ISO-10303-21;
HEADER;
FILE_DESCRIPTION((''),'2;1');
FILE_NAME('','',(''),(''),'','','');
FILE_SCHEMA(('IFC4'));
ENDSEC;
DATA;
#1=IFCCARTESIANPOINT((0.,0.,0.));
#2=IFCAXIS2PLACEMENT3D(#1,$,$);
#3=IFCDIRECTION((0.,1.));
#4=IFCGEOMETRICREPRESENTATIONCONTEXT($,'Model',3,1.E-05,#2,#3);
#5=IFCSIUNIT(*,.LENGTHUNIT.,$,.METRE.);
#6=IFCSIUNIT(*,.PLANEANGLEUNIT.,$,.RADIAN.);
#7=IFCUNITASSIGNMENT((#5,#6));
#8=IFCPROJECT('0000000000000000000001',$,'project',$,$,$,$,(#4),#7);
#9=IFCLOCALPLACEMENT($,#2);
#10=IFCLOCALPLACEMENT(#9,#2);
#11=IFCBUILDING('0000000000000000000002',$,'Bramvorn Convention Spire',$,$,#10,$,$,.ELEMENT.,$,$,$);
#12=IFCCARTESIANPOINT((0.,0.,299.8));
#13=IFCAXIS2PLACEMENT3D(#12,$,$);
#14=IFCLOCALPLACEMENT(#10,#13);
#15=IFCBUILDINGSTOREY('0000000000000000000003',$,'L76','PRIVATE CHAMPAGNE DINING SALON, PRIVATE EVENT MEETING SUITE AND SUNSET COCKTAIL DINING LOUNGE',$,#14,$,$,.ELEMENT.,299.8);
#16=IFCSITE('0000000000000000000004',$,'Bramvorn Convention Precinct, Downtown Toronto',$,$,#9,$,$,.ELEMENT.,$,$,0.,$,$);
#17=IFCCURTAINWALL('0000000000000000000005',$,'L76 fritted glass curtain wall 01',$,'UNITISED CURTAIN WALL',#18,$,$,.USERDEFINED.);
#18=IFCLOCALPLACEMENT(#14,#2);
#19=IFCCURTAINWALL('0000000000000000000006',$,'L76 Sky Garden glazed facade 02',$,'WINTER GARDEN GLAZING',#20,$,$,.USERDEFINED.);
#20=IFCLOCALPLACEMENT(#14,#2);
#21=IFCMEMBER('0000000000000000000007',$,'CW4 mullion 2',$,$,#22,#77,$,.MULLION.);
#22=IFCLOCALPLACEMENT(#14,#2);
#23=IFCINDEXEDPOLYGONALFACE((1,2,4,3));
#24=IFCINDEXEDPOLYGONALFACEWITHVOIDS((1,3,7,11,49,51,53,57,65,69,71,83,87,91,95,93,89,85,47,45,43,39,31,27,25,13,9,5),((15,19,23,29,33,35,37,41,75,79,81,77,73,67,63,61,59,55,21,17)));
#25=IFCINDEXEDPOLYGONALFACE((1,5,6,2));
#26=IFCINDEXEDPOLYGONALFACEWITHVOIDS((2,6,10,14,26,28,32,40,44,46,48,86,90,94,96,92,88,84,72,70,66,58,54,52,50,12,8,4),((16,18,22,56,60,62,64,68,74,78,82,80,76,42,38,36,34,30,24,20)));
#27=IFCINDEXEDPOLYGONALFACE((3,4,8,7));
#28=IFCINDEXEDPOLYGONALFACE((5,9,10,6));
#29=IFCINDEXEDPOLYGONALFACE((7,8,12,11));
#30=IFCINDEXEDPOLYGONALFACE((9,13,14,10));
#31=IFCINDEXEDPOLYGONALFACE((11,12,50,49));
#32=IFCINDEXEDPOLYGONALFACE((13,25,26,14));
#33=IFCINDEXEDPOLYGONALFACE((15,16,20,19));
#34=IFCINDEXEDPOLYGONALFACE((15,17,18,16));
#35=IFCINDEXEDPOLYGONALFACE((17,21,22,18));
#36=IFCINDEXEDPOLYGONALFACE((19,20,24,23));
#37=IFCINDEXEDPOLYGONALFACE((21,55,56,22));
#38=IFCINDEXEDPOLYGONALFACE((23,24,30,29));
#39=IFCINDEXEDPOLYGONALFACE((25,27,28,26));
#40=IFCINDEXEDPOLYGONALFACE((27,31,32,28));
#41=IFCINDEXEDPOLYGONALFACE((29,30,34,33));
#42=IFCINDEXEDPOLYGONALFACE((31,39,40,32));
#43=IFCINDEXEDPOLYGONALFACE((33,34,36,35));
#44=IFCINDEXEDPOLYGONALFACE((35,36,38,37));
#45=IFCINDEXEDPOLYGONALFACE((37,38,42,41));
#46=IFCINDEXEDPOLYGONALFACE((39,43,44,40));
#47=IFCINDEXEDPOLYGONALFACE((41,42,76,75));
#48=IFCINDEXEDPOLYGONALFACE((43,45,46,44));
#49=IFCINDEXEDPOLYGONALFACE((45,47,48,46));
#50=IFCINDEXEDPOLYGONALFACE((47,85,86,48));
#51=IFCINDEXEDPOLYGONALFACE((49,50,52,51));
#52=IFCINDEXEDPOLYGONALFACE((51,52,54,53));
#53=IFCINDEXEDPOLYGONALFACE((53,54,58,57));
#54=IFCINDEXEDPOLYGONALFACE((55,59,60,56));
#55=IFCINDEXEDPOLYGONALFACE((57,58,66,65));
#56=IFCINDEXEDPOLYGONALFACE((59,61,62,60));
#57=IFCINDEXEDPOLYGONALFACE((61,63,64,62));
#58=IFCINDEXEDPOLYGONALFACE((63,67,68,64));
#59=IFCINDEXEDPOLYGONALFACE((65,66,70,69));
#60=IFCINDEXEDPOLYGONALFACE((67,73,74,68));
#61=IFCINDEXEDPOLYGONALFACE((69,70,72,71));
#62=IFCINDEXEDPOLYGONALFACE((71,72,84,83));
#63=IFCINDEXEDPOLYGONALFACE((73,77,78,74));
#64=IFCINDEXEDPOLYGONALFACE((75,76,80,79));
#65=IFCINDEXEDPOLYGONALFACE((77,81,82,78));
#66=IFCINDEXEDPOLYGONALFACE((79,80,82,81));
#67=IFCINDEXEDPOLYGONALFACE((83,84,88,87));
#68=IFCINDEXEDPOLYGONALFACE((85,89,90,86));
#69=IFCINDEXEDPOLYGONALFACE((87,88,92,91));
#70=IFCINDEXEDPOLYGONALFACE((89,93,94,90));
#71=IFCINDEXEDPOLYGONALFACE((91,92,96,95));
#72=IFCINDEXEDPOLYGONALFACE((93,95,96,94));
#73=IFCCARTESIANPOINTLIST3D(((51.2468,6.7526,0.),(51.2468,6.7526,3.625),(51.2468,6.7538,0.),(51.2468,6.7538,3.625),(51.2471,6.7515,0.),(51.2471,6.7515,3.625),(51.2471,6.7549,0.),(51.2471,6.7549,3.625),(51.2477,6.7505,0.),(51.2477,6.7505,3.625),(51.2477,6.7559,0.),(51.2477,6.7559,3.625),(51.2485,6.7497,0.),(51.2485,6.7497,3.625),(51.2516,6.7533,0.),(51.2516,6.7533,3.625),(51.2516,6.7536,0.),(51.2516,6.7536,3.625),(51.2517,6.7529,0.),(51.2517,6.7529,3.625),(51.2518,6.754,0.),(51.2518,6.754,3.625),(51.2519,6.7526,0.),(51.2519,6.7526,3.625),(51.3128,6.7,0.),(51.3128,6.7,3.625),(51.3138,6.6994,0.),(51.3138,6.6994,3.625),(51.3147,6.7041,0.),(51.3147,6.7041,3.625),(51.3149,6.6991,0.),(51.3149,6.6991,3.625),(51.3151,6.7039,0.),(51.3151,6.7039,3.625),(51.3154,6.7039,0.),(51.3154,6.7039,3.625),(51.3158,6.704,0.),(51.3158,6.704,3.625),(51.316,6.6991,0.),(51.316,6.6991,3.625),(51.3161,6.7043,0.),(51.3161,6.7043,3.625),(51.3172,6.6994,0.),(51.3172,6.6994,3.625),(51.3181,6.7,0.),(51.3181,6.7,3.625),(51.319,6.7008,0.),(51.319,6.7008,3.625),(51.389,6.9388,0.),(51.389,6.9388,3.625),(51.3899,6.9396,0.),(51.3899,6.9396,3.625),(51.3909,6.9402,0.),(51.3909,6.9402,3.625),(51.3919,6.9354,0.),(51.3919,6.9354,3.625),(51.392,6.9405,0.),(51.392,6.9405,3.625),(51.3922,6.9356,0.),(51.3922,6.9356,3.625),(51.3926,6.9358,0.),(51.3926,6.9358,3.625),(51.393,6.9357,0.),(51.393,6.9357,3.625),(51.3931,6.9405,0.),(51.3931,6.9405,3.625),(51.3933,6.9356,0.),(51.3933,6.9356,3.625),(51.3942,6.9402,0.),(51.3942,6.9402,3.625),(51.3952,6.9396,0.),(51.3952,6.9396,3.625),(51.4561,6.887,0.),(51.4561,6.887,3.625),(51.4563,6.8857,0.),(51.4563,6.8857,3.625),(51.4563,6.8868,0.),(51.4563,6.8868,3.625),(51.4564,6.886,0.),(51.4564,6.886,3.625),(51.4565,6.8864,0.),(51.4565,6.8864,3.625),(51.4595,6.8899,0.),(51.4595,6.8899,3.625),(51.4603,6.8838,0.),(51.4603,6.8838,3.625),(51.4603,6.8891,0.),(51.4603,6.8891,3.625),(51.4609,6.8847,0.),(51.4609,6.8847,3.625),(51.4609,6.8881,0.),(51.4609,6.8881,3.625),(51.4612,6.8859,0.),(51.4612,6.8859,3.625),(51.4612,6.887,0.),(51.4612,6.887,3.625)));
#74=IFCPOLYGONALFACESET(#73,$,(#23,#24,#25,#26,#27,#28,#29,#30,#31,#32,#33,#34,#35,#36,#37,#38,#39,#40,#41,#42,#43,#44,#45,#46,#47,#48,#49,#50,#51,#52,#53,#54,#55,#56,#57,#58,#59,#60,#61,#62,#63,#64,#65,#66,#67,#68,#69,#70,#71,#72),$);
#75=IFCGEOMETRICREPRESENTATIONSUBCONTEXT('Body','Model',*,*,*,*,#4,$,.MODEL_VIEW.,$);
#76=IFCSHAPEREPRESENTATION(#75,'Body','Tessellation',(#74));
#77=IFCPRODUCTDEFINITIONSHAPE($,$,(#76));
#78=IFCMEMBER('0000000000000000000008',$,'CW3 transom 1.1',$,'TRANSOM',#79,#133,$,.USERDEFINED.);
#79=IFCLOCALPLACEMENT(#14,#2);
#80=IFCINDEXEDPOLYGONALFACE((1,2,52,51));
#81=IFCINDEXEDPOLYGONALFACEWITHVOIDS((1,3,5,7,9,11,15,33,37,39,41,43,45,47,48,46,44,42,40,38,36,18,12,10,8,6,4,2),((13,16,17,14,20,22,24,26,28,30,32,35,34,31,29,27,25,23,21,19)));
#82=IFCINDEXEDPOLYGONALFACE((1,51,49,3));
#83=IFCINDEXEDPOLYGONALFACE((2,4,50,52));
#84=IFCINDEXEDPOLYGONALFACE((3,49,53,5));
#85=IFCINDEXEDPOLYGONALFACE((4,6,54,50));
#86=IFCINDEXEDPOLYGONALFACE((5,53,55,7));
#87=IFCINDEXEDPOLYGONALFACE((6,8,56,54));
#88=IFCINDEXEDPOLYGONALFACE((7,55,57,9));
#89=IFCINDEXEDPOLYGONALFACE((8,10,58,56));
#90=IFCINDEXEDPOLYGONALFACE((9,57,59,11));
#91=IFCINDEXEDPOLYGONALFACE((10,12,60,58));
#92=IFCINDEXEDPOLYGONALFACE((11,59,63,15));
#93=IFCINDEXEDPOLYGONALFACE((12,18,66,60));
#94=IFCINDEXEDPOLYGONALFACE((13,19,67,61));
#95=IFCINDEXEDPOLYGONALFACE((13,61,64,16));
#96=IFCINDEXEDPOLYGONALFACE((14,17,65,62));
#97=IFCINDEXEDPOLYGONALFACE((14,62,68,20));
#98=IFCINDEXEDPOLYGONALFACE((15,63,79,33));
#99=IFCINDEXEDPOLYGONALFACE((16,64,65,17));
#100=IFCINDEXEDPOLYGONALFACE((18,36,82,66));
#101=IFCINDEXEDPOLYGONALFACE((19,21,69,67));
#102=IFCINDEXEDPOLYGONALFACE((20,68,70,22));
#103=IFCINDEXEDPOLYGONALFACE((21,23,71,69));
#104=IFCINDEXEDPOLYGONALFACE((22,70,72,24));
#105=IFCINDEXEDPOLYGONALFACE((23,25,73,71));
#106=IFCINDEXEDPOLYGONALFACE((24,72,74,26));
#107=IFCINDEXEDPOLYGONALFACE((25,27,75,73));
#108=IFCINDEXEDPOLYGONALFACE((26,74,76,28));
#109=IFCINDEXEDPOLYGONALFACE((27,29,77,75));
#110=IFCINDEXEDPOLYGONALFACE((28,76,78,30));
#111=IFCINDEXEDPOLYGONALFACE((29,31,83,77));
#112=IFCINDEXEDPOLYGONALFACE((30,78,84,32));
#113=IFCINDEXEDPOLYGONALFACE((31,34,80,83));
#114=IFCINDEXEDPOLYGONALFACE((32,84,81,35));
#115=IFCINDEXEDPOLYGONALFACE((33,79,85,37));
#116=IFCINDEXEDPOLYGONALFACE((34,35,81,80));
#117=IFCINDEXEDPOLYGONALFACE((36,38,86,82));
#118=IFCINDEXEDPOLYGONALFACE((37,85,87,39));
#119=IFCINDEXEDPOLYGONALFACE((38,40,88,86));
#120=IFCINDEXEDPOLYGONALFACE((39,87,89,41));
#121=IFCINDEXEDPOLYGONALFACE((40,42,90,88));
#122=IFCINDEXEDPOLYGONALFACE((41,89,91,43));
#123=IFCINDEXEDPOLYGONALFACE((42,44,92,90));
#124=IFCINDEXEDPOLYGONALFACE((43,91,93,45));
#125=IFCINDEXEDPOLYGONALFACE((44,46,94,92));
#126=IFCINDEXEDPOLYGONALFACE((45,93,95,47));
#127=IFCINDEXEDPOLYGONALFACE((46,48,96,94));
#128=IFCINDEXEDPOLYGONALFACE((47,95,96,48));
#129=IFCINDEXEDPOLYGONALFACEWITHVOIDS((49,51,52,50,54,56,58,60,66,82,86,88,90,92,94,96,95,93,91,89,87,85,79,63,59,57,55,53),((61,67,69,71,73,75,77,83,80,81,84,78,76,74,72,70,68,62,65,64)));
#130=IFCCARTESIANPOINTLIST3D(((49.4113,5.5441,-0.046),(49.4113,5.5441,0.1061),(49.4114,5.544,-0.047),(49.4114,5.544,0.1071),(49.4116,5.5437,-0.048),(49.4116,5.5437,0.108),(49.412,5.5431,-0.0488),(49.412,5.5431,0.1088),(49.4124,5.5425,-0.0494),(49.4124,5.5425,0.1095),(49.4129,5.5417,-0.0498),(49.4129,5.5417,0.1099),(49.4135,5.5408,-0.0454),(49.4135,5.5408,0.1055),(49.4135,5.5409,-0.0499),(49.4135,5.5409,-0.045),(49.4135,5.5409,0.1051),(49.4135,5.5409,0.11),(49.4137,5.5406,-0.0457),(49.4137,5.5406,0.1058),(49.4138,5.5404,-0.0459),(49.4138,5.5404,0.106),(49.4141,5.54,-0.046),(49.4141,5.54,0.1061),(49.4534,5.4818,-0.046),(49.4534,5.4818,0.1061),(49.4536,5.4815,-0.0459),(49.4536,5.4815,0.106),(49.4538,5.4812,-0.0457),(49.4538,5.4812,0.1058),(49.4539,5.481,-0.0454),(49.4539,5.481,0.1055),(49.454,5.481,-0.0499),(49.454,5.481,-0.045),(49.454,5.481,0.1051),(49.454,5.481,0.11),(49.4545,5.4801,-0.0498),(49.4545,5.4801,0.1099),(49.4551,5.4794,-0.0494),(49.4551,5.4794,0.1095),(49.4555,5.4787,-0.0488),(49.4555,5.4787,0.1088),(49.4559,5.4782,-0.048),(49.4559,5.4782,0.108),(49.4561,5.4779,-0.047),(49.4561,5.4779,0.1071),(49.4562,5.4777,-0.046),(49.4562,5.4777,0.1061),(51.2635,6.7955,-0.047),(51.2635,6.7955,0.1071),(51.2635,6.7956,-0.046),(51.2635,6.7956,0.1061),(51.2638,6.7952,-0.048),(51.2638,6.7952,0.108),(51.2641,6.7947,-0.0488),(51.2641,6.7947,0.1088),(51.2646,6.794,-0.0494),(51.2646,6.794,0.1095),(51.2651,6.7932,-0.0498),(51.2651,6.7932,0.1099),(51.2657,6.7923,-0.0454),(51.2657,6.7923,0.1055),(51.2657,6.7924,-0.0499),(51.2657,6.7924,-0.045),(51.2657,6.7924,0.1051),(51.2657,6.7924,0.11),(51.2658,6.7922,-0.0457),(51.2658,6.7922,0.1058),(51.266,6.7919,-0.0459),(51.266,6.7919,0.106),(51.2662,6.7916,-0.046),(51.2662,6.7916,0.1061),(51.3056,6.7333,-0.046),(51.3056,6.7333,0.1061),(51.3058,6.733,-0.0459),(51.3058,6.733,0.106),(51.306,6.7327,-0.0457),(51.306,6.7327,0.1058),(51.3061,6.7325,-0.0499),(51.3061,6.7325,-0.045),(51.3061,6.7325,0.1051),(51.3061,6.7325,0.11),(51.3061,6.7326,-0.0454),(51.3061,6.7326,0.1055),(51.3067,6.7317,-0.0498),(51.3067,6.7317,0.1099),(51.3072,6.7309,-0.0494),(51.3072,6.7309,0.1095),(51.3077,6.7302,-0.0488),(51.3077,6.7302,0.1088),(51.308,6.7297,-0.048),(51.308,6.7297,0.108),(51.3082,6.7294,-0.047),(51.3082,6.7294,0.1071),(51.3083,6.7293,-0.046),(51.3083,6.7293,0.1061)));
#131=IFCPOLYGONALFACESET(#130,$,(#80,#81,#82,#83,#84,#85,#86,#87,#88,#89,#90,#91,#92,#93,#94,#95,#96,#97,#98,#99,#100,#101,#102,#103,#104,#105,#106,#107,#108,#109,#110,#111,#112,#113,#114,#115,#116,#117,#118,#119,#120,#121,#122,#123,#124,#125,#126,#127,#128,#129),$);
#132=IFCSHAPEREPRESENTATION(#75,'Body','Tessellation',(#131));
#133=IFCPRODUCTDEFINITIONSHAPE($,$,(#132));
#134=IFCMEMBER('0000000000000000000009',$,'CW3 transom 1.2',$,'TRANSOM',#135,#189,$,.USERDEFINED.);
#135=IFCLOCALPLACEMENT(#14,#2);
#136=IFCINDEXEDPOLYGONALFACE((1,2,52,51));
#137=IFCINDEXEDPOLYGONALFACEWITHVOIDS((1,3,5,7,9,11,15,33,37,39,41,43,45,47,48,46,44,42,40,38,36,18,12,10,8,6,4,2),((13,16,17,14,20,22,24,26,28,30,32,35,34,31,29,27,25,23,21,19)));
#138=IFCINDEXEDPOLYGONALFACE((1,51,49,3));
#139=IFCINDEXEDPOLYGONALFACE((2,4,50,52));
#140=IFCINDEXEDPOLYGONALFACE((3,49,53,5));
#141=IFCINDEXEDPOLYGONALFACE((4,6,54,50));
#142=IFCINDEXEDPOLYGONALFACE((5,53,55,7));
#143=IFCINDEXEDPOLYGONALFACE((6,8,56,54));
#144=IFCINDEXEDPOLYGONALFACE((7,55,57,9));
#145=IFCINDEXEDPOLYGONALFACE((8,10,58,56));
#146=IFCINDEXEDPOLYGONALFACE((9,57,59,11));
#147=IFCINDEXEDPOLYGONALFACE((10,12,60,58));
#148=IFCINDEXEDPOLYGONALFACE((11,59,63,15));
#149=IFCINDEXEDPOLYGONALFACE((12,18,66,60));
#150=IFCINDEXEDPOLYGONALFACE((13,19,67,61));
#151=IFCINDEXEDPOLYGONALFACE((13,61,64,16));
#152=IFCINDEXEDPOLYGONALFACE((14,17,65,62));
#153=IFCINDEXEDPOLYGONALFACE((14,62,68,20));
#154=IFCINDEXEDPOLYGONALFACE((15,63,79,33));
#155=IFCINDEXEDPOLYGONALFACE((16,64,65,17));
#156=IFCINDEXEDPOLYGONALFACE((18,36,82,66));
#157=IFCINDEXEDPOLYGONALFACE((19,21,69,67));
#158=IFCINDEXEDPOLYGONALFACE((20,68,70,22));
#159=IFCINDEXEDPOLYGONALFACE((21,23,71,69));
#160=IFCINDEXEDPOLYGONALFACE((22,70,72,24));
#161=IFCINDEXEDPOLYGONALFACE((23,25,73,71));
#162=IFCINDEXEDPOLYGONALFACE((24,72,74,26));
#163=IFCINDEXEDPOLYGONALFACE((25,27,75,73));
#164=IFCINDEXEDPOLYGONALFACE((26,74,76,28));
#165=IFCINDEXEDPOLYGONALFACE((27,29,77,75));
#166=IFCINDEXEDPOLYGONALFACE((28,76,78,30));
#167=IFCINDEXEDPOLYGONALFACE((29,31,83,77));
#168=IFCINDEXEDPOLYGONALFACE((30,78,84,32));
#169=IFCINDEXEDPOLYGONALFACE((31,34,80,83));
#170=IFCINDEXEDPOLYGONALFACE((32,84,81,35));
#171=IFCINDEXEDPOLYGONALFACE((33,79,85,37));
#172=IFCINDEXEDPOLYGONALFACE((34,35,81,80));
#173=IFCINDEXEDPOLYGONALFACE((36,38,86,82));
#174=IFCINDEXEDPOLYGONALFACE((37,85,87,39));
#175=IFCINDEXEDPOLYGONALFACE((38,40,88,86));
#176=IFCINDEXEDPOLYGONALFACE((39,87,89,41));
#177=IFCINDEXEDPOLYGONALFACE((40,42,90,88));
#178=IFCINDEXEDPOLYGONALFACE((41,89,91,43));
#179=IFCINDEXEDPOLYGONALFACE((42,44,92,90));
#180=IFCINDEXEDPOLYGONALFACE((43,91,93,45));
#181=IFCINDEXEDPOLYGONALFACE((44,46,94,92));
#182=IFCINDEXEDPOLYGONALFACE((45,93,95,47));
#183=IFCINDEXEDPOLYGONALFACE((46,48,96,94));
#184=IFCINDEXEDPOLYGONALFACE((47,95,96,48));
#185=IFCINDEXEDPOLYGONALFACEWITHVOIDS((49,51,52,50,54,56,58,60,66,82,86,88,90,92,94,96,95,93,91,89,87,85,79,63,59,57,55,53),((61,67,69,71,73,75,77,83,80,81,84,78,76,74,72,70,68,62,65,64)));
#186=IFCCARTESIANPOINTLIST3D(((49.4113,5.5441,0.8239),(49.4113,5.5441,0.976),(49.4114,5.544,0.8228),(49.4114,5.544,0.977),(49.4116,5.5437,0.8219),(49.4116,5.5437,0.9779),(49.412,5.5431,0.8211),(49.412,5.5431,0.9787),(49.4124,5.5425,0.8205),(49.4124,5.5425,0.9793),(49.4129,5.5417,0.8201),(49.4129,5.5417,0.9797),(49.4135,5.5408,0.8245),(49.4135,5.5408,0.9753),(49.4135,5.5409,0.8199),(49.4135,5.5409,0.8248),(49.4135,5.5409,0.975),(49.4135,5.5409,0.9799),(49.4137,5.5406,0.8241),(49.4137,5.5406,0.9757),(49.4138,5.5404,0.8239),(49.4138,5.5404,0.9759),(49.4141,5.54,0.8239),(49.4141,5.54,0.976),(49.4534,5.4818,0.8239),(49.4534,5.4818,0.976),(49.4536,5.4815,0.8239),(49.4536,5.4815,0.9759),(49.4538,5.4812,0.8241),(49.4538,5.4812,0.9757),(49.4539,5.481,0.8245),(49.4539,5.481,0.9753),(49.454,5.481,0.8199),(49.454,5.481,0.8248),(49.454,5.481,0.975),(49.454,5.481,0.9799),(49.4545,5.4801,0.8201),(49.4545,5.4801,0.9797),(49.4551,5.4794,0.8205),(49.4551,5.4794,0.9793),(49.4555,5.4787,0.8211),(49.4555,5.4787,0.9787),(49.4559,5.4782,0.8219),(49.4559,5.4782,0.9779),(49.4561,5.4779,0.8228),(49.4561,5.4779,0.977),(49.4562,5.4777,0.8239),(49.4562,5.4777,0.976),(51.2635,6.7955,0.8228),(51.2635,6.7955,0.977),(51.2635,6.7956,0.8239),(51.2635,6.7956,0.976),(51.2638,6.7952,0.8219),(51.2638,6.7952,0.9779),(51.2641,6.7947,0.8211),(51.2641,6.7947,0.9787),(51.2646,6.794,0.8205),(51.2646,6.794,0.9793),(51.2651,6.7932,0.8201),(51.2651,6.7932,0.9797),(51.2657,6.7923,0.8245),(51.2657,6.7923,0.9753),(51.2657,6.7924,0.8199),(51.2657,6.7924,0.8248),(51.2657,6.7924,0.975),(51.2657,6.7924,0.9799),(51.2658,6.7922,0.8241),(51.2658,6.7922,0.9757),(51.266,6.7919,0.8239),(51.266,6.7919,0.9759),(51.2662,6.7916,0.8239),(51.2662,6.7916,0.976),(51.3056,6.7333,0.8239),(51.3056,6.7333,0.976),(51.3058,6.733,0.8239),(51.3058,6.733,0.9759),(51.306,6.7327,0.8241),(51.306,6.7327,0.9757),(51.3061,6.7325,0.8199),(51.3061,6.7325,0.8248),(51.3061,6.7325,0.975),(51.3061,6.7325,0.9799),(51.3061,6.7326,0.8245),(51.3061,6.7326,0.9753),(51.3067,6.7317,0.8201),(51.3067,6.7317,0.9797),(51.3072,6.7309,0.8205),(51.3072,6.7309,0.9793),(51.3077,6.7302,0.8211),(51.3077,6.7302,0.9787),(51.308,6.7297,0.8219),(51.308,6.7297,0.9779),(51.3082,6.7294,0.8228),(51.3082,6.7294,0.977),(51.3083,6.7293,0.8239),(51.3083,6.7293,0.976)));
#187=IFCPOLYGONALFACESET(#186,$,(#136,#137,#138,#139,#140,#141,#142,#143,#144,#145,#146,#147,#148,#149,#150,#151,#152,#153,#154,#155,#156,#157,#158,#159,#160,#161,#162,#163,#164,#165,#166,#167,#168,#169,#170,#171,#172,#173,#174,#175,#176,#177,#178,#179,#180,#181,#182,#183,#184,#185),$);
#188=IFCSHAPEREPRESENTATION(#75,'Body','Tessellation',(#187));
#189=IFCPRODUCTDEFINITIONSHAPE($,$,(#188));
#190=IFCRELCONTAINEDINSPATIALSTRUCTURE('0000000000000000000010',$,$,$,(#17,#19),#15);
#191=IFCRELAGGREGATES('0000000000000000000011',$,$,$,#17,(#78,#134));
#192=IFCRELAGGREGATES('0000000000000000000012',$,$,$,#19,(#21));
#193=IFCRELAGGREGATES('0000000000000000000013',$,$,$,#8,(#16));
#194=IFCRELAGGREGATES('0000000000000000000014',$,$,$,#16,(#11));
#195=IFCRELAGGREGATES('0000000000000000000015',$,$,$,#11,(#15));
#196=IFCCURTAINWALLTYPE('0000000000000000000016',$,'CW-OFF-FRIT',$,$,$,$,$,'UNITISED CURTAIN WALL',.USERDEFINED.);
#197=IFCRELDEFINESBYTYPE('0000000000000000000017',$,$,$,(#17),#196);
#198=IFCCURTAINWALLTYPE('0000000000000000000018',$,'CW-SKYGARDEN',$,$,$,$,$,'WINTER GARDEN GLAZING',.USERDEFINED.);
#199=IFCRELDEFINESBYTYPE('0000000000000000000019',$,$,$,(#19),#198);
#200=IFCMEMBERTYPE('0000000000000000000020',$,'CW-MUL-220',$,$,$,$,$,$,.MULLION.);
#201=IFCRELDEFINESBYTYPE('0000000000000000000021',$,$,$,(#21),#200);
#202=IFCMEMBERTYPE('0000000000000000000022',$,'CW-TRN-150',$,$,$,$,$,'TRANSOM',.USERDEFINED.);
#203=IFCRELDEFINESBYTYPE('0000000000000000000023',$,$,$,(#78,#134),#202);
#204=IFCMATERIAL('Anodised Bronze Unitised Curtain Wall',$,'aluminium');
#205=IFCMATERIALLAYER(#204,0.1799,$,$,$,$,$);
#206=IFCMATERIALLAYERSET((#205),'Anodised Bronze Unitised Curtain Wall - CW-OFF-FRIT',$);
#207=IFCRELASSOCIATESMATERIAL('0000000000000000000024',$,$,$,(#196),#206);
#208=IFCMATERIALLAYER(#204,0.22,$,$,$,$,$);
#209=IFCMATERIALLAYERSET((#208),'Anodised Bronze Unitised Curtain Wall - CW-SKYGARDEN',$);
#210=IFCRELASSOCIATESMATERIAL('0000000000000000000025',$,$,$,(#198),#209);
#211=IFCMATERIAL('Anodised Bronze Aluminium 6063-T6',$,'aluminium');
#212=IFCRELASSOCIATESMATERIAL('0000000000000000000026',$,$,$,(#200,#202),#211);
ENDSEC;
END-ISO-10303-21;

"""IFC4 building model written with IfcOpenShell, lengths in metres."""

from ifc_helpers import new_model, si_unit, direction, frame, origin, origin_2d, place, context, subcontext, project, spatial, hollow_rectangle, extrude, material, layer, layer_set, material_profile, profile_set, type_object, element, aggregate, save


model = new_model("IFC4")

# Units and contexts
model_context = context("Model", 3, precision=1e-05, world=origin(), true_north=direction((0.0, 1.0)))
body_context = subcontext(model_context, "Body", "Model", "MODEL_VIEW")
ifc_project = project(units=[si_unit("LENGTHUNIT", "METRE"), si_unit("PLANEANGLEUNIT", "RADIAN")], contexts=[model_context])

# Site, building, storey
site_placement = place(None, origin())
site = spatial("IfcSite", under=ifc_project, at=site_placement, Name="Bramvorn Convention Precinct, Downtown Toronto", CompositionType="ELEMENT", RefElevation=0.0)
building_placement = place(site_placement, origin())
building = spatial("IfcBuilding", under=site, at=building_placement, Name="Bramvorn Convention Spire", CompositionType="ELEMENT")
storey_placement = place(building_placement, frame((0.0, 0.0, 299.8)))
storey = spatial("IfcBuildingStorey", under=building, at=storey_placement, Name="L76", Description="PRIVATE CHAMPAGNE DINING SALON, PRIVATE EVENT MEETING SUITE AND SUNSET COCKTAIL DINING LOUNGE", CompositionType="ELEMENT", Elevation=299.8)

# Curtain walls, member
ifc_material_1 = material(Name="Anodised Bronze Unitised Curtain Wall", Category="aluminium")
ifc_layer_1 = layer(ifc_material_1, 0.1799)
ifc_layer_set_1 = layer_set([ifc_layer_1], Name="Anodised Bronze Unitised Curtain Wall - CW-OFF-FRIT")
curtain_wall_type_1 = type_object("IfcCurtainWallType", Name="CW-OFF-FRIT", ElementType="UNITISED CURTAIN WALL", PredefinedType="USERDEFINED", material=ifc_layer_set_1)
curtain_wall_1_placement = place(storey_placement, origin())
curtain_wall_1 = element("IfcCurtainWall", 1, at=curtain_wall_1_placement, inside=storey, type_object=curtain_wall_type_1, Name="L76 fritted glass curtain wall 01", ObjectType="UNITISED CURTAIN WALL", PredefinedType="USERDEFINED")
ifc_material_2 = material(Name="Anodised Bronze Aluminium 6063-T6", Category="aluminium")
ifc_layer_2 = layer(ifc_material_1, 0.22)
ifc_layer_set_2 = layer_set([ifc_layer_2], Name="Anodised Bronze Unitised Curtain Wall - CW-SKYGARDEN")
curtain_wall_type_2 = type_object("IfcCurtainWallType", Name="CW-SKYGARDEN", ElementType="WINTER GARDEN GLAZING", PredefinedType="USERDEFINED", material=ifc_layer_set_2)
curtain_wall_2_placement = place(storey_placement, origin())
curtain_wall_2 = element("IfcCurtainWall", 2, at=curtain_wall_2_placement, inside=storey, type_object=curtain_wall_type_2, Name="L76 Sky Garden glazed facade 02", ObjectType="WINTER GARDEN GLAZING", PredefinedType="USERDEFINED")
ifc_material_profile_1 = material_profile(ifc_material_2, hollow_rectangle(XDim=0.0901, YDim=0.24, WallThickness=0.0044, InnerFilletRadius=0.001, OuterFilletRadius=0.0044, at=origin_2d()))
ifc_profile_set_1 = profile_set([ifc_material_profile_1], Name="Anodised Bronze Aluminium 6063-T6 - CWM90X240")
member_type_1 = type_object("IfcMemberType", Name="CW-MUL-220", PredefinedType="MULLION", material=ifc_profile_set_1)
member_1_placement = place(storey_placement, frame((51.354, 6.8198, 0.0), z_axis=(0.0, 0.0, 1.0), x_axis=(0.791284, -0.611449, 0.0)))
member_1 = element("IfcMember", 3, at=member_1_placement, type_object=member_type_1, Name="CW4 mullion 2", PredefinedType="MULLION", context=body_context, shape_type="SweptSolid", body=[
    extrude(hollow_rectangle(XDim=0.0901, YDim=0.24, WallThickness=0.0044, InnerFilletRadius=0.001, OuterFilletRadius=0.0044, at=origin_2d()), origin(), (0.0, 0.0, 1.0), 3.625),
])

# Members
ifc_material_profile_2 = material_profile(ifc_material_2, hollow_rectangle(XDim=0.0801, YDim=0.1599, WallThickness=0.0039, InnerFilletRadius=0.001, OuterFilletRadius=0.0039, at=origin_2d()))
ifc_profile_set_2 = profile_set([ifc_material_profile_2], Name="Anodised Bronze Aluminium 6063-T6 - CWT80X160")
member_type_2 = type_object("IfcMemberType", Name="CW-TRN-150", ElementType="TRANSOM", PredefinedType="USERDEFINED", material=ifc_profile_set_2)
member_2_placement = place(storey_placement, frame((51.2859, 6.7625, 0.03), z_axis=(-0.828573, -0.559882, 0.0), x_axis=(0.559882, -0.828573, 0.0)))
member_2 = element("IfcMember", 4, at=member_2_placement, type_object=member_type_2, Name="CW3 transom 1.1", ObjectType="TRANSOM", PredefinedType="USERDEFINED", context=body_context, shape_type="SweptSolid", body=[
    extrude(hollow_rectangle(XDim=0.0801, YDim=0.1599, WallThickness=0.0039, InnerFilletRadius=0.001, OuterFilletRadius=0.0039, at=origin_2d()), origin(), (0.0, 0.0, 1.0), 2.2354),
])
member_3_placement = place(storey_placement, frame((51.2859, 6.7625, 0.8999), z_axis=(-0.828573, -0.559882, 0.0), x_axis=(0.559882, -0.828573, 0.0)))
member_3 = element("IfcMember", 5, at=member_3_placement, type_object=member_type_2, Name="CW3 transom 1.2", ObjectType="TRANSOM", PredefinedType="USERDEFINED", context=body_context, shape_type="SweptSolid", body=[
    extrude(hollow_rectangle(XDim=0.0801, YDim=0.1599, WallThickness=0.0039, InnerFilletRadius=0.001, OuterFilletRadius=0.0039, at=origin_2d()), origin(), (0.0, 0.0, 1.0), 2.2354),
])

aggregate(curtain_wall_1, [member_2, member_3])
aggregate(curtain_wall_2, [member_1])

save(model, "model.ifc")
